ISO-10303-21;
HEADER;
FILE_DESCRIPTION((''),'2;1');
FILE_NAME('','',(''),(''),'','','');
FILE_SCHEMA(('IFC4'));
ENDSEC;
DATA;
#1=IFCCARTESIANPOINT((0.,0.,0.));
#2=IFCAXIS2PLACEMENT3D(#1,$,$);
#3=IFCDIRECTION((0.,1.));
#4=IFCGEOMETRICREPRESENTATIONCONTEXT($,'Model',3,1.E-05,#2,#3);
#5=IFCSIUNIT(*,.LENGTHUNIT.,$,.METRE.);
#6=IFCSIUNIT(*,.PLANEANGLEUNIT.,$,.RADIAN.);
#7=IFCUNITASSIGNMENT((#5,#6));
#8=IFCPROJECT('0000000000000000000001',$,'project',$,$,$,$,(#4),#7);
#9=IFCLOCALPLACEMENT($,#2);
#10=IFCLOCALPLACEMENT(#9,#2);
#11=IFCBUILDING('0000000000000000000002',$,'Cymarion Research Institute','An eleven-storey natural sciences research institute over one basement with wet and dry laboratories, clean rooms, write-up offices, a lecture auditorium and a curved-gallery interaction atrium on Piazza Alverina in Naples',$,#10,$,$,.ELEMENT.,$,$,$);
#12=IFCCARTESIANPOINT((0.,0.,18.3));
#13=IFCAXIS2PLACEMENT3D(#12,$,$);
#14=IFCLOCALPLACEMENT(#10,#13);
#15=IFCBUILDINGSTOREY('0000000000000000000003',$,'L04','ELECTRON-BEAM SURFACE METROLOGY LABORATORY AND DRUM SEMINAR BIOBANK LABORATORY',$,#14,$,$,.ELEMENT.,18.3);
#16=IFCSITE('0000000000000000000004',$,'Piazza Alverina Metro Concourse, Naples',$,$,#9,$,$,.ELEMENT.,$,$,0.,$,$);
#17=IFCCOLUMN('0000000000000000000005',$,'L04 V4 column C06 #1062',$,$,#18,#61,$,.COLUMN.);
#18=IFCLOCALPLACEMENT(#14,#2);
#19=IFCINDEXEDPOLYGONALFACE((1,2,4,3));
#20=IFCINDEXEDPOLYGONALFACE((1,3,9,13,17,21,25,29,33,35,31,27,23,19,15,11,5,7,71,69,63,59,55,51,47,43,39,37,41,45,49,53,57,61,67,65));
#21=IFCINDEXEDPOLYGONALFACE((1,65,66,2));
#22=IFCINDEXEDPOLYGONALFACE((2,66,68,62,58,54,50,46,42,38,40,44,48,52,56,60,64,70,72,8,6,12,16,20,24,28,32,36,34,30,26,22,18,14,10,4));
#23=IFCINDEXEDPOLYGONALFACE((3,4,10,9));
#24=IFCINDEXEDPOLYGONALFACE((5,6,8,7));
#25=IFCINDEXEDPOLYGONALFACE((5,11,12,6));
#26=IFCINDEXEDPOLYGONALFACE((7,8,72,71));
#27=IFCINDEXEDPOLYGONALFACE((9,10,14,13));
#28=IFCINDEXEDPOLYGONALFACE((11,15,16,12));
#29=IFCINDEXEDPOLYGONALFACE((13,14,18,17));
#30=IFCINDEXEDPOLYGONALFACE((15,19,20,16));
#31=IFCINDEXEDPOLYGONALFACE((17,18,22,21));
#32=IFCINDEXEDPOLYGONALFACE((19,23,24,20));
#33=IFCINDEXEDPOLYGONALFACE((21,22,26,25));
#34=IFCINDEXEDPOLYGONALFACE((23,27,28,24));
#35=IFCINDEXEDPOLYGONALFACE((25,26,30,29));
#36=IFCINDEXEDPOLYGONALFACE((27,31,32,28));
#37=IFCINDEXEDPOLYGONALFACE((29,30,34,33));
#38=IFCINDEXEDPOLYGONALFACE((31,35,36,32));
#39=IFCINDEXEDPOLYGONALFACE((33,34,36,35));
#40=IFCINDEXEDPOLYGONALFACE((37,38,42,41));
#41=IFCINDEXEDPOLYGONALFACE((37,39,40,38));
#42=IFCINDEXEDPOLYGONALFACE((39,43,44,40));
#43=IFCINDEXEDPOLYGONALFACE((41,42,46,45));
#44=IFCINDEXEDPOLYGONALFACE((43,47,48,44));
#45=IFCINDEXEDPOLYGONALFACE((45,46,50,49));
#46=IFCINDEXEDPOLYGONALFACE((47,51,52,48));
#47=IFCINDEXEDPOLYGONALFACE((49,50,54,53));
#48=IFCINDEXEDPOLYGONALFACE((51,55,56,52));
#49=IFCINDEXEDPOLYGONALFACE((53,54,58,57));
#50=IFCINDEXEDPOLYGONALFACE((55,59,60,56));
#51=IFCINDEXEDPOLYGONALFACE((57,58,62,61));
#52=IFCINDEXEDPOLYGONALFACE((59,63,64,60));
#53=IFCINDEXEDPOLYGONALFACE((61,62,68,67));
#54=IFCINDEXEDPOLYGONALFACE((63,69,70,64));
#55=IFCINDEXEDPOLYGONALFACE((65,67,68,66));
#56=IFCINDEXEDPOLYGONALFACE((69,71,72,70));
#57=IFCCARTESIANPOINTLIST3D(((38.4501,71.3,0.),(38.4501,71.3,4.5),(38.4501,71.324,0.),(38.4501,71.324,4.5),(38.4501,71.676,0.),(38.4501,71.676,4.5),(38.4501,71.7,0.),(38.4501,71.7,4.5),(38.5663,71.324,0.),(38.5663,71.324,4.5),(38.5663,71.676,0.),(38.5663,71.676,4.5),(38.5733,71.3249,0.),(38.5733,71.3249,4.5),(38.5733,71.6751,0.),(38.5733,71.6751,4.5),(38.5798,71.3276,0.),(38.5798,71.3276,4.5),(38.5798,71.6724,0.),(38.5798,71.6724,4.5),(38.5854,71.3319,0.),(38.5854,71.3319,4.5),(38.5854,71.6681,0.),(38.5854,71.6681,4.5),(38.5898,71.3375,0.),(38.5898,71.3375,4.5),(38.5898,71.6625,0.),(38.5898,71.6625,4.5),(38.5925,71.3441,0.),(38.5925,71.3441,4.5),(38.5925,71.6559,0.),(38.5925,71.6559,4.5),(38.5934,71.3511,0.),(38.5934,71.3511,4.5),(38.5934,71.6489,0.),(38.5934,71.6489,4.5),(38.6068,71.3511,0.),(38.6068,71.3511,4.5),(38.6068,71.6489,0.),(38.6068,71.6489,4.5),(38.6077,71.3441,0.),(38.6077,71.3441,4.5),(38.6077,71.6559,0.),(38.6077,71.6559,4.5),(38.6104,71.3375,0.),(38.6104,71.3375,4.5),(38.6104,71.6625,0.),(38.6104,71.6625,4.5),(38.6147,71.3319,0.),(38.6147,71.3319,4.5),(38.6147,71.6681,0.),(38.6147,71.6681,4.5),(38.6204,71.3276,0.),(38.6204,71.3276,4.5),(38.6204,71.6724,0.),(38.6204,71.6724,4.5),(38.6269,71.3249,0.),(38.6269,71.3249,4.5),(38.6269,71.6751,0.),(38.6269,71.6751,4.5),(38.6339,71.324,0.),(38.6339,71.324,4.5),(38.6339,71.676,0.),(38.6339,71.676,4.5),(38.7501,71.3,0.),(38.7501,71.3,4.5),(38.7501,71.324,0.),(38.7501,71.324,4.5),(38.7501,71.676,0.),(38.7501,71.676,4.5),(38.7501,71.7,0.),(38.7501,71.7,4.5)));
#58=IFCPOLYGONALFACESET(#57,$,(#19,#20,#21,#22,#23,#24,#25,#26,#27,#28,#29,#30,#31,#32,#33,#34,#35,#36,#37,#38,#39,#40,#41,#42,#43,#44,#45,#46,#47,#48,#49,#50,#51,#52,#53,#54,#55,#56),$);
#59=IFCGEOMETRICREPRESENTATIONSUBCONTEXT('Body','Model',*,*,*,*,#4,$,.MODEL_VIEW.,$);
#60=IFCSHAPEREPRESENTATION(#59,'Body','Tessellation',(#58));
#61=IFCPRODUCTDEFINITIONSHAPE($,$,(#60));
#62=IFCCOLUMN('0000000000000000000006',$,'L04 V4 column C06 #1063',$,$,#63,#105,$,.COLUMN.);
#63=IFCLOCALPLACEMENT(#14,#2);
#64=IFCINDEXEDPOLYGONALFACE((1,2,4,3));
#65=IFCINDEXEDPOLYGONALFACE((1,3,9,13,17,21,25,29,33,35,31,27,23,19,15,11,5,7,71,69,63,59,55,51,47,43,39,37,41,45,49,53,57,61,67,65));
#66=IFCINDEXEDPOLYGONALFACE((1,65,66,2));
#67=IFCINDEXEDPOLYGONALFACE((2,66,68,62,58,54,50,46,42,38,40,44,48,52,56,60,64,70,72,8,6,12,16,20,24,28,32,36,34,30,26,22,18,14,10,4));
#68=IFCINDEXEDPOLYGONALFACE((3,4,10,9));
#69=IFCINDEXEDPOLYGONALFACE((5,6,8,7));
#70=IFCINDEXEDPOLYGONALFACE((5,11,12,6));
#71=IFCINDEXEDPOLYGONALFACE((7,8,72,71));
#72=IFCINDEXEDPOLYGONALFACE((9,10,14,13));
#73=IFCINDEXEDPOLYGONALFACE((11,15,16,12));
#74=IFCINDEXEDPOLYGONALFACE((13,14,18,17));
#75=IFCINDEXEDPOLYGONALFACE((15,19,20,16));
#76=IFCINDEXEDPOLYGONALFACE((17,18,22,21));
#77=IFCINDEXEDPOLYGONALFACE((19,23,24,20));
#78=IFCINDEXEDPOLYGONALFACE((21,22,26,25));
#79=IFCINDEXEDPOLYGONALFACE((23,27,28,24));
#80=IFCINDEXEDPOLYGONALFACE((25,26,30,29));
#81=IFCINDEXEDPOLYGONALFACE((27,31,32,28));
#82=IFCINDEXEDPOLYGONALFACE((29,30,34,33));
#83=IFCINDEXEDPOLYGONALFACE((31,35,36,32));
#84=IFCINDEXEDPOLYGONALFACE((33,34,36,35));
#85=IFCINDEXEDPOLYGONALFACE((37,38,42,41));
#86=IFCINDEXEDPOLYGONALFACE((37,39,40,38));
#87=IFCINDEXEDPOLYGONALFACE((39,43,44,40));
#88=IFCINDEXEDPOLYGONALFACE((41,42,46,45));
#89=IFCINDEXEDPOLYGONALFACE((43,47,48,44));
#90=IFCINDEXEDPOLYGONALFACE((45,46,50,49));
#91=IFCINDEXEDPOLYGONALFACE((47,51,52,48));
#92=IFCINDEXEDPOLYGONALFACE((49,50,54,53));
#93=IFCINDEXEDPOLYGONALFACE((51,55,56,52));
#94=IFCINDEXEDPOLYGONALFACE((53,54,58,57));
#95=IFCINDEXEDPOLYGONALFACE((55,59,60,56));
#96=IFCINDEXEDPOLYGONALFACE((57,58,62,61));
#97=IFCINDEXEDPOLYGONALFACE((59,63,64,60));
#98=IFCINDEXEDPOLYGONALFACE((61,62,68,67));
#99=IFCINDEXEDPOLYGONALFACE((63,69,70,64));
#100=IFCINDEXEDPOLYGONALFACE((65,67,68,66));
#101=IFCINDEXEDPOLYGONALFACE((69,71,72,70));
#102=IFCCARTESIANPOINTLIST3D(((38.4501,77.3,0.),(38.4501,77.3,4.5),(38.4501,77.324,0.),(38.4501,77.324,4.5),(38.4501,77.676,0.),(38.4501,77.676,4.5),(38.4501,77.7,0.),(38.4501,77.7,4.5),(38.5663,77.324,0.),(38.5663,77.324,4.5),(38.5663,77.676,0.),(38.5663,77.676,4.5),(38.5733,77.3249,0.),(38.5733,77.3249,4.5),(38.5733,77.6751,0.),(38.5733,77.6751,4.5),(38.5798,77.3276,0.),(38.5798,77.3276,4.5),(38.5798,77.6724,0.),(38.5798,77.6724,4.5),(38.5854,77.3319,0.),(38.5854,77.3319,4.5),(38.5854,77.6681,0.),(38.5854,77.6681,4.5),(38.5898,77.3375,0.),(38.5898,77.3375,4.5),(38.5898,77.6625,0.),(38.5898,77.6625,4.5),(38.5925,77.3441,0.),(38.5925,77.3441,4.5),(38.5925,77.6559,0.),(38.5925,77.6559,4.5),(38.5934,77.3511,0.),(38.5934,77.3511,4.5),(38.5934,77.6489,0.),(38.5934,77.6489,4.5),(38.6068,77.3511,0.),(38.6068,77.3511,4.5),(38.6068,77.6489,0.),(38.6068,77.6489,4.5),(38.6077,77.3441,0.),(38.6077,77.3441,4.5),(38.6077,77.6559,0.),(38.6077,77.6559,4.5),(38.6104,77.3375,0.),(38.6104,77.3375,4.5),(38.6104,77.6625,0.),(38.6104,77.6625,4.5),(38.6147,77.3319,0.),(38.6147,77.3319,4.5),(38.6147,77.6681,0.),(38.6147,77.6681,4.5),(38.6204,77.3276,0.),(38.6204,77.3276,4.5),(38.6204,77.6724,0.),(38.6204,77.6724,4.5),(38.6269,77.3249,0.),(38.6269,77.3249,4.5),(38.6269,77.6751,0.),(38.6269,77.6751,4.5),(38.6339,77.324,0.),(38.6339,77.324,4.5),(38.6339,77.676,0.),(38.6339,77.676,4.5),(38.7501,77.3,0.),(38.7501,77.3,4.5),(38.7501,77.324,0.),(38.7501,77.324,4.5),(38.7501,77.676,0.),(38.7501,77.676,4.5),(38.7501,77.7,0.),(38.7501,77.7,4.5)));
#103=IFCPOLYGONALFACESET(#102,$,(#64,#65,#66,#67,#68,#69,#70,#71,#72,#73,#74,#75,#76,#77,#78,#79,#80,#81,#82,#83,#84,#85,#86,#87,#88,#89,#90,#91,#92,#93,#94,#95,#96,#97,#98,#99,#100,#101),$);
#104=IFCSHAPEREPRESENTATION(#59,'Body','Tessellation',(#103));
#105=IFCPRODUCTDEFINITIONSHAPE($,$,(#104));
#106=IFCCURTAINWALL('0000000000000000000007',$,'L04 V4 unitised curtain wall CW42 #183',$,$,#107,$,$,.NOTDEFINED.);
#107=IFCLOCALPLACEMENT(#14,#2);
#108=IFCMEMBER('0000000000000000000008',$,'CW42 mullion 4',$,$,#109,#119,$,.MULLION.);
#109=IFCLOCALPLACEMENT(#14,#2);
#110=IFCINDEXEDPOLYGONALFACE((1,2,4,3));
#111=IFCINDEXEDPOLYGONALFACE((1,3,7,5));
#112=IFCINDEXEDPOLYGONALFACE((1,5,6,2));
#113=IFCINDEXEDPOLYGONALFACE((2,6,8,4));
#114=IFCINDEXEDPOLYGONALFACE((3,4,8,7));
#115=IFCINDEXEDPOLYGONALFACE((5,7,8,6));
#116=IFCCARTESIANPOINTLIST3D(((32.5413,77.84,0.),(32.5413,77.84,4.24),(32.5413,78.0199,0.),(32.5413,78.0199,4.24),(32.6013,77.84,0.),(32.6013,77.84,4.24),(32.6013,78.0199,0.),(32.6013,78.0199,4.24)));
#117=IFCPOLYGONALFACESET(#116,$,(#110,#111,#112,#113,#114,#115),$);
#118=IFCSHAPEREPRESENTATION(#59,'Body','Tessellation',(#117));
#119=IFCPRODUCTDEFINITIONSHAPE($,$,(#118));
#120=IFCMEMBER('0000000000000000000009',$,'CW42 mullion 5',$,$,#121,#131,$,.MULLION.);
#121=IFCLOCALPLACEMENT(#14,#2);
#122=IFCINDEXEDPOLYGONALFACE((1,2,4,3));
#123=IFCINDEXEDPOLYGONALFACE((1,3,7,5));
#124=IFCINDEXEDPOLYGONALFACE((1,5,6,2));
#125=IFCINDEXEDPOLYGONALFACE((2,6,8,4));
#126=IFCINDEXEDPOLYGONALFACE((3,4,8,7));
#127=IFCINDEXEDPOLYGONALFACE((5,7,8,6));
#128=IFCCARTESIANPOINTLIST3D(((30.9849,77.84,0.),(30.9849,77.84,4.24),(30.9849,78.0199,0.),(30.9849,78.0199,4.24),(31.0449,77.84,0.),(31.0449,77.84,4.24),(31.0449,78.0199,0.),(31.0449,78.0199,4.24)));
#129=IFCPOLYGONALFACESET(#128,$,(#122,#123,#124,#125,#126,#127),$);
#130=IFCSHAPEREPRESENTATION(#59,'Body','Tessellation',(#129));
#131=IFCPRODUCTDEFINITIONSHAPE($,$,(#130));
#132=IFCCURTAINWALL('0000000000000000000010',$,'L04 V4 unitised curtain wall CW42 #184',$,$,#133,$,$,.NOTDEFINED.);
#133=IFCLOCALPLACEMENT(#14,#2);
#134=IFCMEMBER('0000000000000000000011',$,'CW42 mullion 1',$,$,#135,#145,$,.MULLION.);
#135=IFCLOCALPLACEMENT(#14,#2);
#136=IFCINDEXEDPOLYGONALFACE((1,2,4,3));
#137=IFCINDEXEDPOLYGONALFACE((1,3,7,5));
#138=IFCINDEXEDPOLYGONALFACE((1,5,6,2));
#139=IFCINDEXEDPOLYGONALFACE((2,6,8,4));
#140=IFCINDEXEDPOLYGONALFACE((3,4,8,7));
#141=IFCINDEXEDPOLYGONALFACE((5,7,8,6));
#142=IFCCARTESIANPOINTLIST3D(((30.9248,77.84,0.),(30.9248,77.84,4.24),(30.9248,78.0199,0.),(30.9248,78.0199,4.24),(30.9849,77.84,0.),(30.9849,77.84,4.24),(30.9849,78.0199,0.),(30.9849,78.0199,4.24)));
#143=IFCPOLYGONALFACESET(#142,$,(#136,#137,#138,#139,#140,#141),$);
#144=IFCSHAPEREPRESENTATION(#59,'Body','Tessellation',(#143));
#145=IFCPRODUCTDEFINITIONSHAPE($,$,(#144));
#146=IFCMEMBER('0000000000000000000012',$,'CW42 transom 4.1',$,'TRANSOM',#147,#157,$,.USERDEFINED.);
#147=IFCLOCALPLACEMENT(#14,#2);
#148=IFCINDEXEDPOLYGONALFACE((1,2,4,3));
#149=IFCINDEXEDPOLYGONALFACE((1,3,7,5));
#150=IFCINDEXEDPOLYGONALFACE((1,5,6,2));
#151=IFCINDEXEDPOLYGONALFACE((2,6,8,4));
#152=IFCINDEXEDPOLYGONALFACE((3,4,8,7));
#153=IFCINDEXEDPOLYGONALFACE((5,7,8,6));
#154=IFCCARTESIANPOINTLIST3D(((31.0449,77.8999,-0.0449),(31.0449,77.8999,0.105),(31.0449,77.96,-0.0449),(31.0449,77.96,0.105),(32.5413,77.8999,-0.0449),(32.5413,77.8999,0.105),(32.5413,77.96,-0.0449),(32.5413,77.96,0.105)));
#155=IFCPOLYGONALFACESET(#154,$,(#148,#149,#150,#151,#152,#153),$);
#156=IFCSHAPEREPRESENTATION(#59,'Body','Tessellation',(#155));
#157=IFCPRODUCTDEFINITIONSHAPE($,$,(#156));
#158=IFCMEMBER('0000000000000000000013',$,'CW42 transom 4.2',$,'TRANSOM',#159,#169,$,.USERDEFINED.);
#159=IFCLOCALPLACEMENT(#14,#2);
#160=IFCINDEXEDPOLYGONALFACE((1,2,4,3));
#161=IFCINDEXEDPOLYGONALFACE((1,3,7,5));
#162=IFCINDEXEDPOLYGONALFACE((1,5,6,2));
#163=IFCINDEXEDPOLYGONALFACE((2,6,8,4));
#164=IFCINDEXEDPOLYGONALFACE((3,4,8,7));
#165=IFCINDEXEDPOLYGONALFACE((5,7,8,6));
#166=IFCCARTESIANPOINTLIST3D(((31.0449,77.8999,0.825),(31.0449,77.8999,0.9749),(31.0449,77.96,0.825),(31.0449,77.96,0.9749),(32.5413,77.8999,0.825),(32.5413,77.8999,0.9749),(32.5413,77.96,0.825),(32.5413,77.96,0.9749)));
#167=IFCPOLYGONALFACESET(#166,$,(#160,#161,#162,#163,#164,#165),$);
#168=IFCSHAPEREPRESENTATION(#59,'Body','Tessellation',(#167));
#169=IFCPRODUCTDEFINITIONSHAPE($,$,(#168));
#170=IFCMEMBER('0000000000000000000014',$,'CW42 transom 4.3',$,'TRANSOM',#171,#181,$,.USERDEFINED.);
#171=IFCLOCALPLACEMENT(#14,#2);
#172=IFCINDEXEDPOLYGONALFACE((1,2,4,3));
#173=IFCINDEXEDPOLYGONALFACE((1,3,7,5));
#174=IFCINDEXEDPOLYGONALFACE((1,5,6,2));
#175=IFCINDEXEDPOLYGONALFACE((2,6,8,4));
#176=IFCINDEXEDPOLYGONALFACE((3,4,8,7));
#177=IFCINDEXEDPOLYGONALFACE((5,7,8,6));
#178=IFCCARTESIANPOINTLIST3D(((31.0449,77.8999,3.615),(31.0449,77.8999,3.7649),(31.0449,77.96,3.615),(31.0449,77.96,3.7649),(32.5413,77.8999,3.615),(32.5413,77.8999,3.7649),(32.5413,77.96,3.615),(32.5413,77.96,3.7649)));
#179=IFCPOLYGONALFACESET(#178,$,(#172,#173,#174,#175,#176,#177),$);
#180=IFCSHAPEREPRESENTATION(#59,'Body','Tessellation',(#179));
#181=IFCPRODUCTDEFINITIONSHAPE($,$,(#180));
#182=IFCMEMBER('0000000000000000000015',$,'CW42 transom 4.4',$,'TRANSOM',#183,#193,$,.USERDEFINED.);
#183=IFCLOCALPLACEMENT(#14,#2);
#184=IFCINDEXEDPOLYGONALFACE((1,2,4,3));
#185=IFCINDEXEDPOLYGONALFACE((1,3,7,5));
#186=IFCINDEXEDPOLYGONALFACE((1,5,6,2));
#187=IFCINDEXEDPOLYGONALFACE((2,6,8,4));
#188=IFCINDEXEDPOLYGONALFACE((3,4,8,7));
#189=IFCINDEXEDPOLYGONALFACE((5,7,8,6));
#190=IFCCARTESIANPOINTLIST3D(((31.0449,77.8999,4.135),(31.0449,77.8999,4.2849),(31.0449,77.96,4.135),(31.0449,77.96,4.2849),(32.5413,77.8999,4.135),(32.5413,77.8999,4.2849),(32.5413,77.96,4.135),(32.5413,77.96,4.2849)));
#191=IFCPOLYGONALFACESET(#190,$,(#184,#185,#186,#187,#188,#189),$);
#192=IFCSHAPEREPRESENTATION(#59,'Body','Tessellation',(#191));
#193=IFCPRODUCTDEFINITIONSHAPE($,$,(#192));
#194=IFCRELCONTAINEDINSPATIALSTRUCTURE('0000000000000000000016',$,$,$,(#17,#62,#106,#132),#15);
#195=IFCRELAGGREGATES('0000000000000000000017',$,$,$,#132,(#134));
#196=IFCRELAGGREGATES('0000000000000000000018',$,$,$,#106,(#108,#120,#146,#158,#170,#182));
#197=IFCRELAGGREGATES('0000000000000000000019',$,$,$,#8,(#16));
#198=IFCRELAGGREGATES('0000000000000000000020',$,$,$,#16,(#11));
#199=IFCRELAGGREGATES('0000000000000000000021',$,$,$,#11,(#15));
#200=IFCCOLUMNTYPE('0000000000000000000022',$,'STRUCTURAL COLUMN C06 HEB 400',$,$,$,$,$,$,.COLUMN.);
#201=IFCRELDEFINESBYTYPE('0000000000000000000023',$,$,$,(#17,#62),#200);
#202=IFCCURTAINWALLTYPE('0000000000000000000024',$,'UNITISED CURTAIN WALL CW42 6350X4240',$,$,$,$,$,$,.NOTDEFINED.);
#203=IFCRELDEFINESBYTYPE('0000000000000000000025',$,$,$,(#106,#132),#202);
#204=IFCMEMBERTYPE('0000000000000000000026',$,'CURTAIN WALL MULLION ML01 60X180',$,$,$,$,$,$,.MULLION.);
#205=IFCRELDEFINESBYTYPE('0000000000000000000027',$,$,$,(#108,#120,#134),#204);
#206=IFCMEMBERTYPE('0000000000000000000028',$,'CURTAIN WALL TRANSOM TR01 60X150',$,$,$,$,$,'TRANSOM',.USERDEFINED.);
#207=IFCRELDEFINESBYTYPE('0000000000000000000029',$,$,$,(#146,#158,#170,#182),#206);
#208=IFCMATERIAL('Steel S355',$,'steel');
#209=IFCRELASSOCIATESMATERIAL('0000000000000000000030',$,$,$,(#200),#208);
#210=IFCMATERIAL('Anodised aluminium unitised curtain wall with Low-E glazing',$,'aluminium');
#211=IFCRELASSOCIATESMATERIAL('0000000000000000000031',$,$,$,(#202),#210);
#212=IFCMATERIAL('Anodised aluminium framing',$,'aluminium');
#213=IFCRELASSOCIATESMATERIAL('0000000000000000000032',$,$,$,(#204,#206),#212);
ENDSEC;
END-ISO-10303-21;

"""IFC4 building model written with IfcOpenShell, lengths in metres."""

from ifc_helpers import new_model, si_unit, direction, frame, origin, origin_2d, place, context, subcontext, project, spatial, rectangle, i_section, extrude, material, material_profile, profile_set, type_object, element, aggregate, save


model = new_model("IFC4")

# Units and contexts
model_context = context("Model", 3, precision=1e-05, world=origin(), true_north=direction((0.0, 1.0)))
body_context = subcontext(model_context, "Body", "Model", "MODEL_VIEW")
ifc_project = project(units=[si_unit("LENGTHUNIT", "METRE"), si_unit("PLANEANGLEUNIT", "RADIAN")], contexts=[model_context])

# Site, building, storey
site_placement = place(None, origin())
site = spatial("IfcSite", under=ifc_project, at=site_placement, Name="Piazza Alverina Metro Concourse, Naples", CompositionType="ELEMENT", RefElevation=0.0)
building_placement = place(site_placement, origin())
building = spatial("IfcBuilding", under=site, at=building_placement, Name="Cymarion Research Institute", Description="An eleven-storey natural sciences research institute over one basement with wet and dry laboratories, clean rooms, write-up offices, a lecture auditorium and a curved-gallery interaction atrium on Piazza Alverina in Naples", CompositionType="ELEMENT")
storey_placement = place(building_placement, frame((0.0, 0.0, 18.3)))
storey = spatial("IfcBuildingStorey", under=building, at=storey_placement, Name="L04", Description="ELECTRON-BEAM SURFACE METROLOGY LABORATORY AND DRUM SEMINAR BIOBANK LABORATORY", CompositionType="ELEMENT", Elevation=18.3)

# Columns
ifc_material_1 = material(Name="Steel S355", Category="steel")
ifc_material_profile_1 = material_profile(ifc_material_1, i_section(OverallWidth=0.3, OverallDepth=0.3999, WebThickness=0.0134, FlangeThickness=0.0239, FilletRadius=0.0271, at=origin_2d()), Name="HEB 400")
ifc_profile_set_1 = profile_set([ifc_material_profile_1], Name="Steel S355")
column_type = type_object("IfcColumnType", Name="STRUCTURAL COLUMN C06 HEB 400", PredefinedType="COLUMN", material=ifc_profile_set_1)
for number, where, z_axis, x_axis, name in (
    (1, (38.6001, 71.5, 0.0), (0.0, 0.0, 1.0), (1.0, 0.0, 0.0), "L04 V4 column C06 #1062"),
    (2, (38.6001, 77.5, 0.0), (0.0, 0.0, 1.0), (1.0, 0.0, 0.0), "L04 V4 column C06 #1063"),
):
    element("IfcColumn", number, at=place(storey_placement, frame(where, z_axis=z_axis, x_axis=x_axis)), inside=storey, type_object=column_type, Name=name, PredefinedType="COLUMN", context=body_context, shape_type="SweptSolid", body=[
        extrude(i_section(OverallWidth=0.3, OverallDepth=0.3999, WebThickness=0.0134, FlangeThickness=0.0239, FilletRadius=0.0271, at=origin_2d()), origin(), (0.0, 0.0, 1.0), 4.5),
    ])

# Curtain wall, members
ifc_material_2 = material(Name="Anodised aluminium unitised curtain wall with Low-E glazing", Category="aluminium")
curtain_wall_type = type_object("IfcCurtainWallType", Name="UNITISED CURTAIN WALL CW42 6350X4240", PredefinedType="NOTDEFINED", material=ifc_material_2)
curtain_wall_1_placement = place(storey_placement, origin())
curtain_wall_1 = element("IfcCurtainWall", 3, at=curtain_wall_1_placement, inside=storey, type_object=curtain_wall_type, Name="L04 V4 unitised curtain wall CW42 #183", PredefinedType="NOTDEFINED")
ifc_material_3 = material(Name="Anodised aluminium framing", Category="aluminium")
ifc_material_profile_2 = material_profile(ifc_material_3, rectangle(XDim=0.0601, YDim=0.1799, at=origin_2d()), Name="ALU MULLION 60x180")
ifc_profile_set_2 = profile_set([ifc_material_profile_2], Name="Anodised aluminium framing")
member_type_1 = type_object("IfcMemberType", Name="CURTAIN WALL MULLION ML01 60X180", PredefinedType="MULLION", material=ifc_profile_set_2)
member_1_placement = place(storey_placement, frame((32.5713, 77.9299, 0.0), z_axis=(0.0, 0.0, 1.0), x_axis=(-1.0, 0.0, 0.0)))
member_1 = element("IfcMember", 4, at=member_1_placement, type_object=member_type_1, Name="CW42 mullion 4", PredefinedType="MULLION", context=body_context, shape_type="SweptSolid", body=[
    extrude(rectangle(XDim=0.0601, YDim=0.1799, at=origin_2d()), origin(), (0.0, 0.0, 1.0), 4.24),
])
member_2_placement = place(storey_placement, frame((31.0149, 77.9299, 0.0), z_axis=(0.0, 0.0, 1.0), x_axis=(-1.0, 0.0, 0.0)))
member_2 = element("IfcMember", 5, at=member_2_placement, type_object=member_type_1, Name="CW42 mullion 5", PredefinedType="MULLION", context=body_context, shape_type="SweptSolid", body=[
    extrude(rectangle(XDim=0.0601, YDim=0.1799, at=origin_2d()), origin(), (0.0, 0.0, 1.0), 4.24),
])

# Curtain wall, member
curtain_wall_2_placement = place(storey_placement, origin())
curtain_wall_2 = element("IfcCurtainWall", 6, at=curtain_wall_2_placement, inside=storey, type_object=curtain_wall_type, Name="L04 V4 unitised curtain wall CW42 #184", PredefinedType="NOTDEFINED")
member_3_placement = place(storey_placement, frame((30.9548, 77.9299, 0.0), z_axis=(0.0, 0.0, 1.0), x_axis=(-1.0, 0.0, 0.0)))
member_3 = element("IfcMember", 7, at=member_3_placement, type_object=member_type_1, Name="CW42 mullion 1", PredefinedType="MULLION", context=body_context, shape_type="SweptSolid", body=[
    extrude(rectangle(XDim=0.0601, YDim=0.1799, at=origin_2d()), origin(), (0.0, 0.0, 1.0), 4.24),
])

# Members
ifc_material_profile_3 = material_profile(ifc_material_3, rectangle(XDim=0.0601, YDim=0.1499, at=origin_2d()), Name="ALU TRANSOM 60x150")
ifc_profile_set_3 = profile_set([ifc_material_profile_3], Name="Anodised aluminium framing")
member_type_2 = type_object("IfcMemberType", Name="CURTAIN WALL TRANSOM TR01 60X150", ElementType="TRANSOM", PredefinedType="USERDEFINED", material=ifc_profile_set_3)
member_4_placement = place(storey_placement, frame((32.5413, 77.9299, 0.03), z_axis=(-1.0, 0.0, 0.0), x_axis=(0.0, -1.0, 0.0)))
member_4 = element("IfcMember", 8, at=member_4_placement, type_object=member_type_2, Name="CW42 transom 4.1", ObjectType="TRANSOM", PredefinedType="USERDEFINED", context=body_context, shape_type="SweptSolid", body=[
    extrude(rectangle(XDim=0.0601, YDim=0.1499, at=origin_2d()), origin(), (0.0, 0.0, 1.0), 1.4963),
])
member_5_placement = place(storey_placement, frame((32.5413, 77.9299, 0.8999), z_axis=(-1.0, 0.0, 0.0), x_axis=(0.0, -1.0, 0.0)))
member_5 = element("IfcMember", 9, at=member_5_placement, type_object=member_type_2, Name="CW42 transom 4.2", ObjectType="TRANSOM", PredefinedType="USERDEFINED", context=body_context, shape_type="SweptSolid", body=[
    extrude(rectangle(XDim=0.0601, YDim=0.1499, at=origin_2d()), origin(), (0.0, 0.0, 1.0), 1.4963),
])
member_6_placement = place(storey_placement, frame((32.5413, 77.9299, 3.6899), z_axis=(-1.0, 0.0, 0.0), x_axis=(0.0, -1.0, 0.0)))
member_6 = element("IfcMember", 10, at=member_6_placement, type_object=member_type_2, Name="CW42 transom 4.3", ObjectType="TRANSOM", PredefinedType="USERDEFINED", context=body_context, shape_type="SweptSolid", body=[
    extrude(rectangle(XDim=0.0601, YDim=0.1499, at=origin_2d()), origin(), (0.0, 0.0, 1.0), 1.4963),
])
member_7_placement = place(storey_placement, frame((32.5413, 77.9299, 4.21), z_axis=(-1.0, 0.0, 0.0), x_axis=(0.0, -1.0, 0.0)))
member_7 = element("IfcMember", 11, at=member_7_placement, type_object=member_type_2, Name="CW42 transom 4.4", ObjectType="TRANSOM", PredefinedType="USERDEFINED", context=body_context, shape_type="SweptSolid", body=[
    extrude(rectangle(XDim=0.0601, YDim=0.1499, at=origin_2d()), origin(), (0.0, 0.0, 1.0), 1.4963),
])
aggregate(curtain_wall_2, [member_3])

aggregate(curtain_wall_1, [member_1, member_2, member_4, member_5, member_6, member_7])

save(model, "model.ifc")
